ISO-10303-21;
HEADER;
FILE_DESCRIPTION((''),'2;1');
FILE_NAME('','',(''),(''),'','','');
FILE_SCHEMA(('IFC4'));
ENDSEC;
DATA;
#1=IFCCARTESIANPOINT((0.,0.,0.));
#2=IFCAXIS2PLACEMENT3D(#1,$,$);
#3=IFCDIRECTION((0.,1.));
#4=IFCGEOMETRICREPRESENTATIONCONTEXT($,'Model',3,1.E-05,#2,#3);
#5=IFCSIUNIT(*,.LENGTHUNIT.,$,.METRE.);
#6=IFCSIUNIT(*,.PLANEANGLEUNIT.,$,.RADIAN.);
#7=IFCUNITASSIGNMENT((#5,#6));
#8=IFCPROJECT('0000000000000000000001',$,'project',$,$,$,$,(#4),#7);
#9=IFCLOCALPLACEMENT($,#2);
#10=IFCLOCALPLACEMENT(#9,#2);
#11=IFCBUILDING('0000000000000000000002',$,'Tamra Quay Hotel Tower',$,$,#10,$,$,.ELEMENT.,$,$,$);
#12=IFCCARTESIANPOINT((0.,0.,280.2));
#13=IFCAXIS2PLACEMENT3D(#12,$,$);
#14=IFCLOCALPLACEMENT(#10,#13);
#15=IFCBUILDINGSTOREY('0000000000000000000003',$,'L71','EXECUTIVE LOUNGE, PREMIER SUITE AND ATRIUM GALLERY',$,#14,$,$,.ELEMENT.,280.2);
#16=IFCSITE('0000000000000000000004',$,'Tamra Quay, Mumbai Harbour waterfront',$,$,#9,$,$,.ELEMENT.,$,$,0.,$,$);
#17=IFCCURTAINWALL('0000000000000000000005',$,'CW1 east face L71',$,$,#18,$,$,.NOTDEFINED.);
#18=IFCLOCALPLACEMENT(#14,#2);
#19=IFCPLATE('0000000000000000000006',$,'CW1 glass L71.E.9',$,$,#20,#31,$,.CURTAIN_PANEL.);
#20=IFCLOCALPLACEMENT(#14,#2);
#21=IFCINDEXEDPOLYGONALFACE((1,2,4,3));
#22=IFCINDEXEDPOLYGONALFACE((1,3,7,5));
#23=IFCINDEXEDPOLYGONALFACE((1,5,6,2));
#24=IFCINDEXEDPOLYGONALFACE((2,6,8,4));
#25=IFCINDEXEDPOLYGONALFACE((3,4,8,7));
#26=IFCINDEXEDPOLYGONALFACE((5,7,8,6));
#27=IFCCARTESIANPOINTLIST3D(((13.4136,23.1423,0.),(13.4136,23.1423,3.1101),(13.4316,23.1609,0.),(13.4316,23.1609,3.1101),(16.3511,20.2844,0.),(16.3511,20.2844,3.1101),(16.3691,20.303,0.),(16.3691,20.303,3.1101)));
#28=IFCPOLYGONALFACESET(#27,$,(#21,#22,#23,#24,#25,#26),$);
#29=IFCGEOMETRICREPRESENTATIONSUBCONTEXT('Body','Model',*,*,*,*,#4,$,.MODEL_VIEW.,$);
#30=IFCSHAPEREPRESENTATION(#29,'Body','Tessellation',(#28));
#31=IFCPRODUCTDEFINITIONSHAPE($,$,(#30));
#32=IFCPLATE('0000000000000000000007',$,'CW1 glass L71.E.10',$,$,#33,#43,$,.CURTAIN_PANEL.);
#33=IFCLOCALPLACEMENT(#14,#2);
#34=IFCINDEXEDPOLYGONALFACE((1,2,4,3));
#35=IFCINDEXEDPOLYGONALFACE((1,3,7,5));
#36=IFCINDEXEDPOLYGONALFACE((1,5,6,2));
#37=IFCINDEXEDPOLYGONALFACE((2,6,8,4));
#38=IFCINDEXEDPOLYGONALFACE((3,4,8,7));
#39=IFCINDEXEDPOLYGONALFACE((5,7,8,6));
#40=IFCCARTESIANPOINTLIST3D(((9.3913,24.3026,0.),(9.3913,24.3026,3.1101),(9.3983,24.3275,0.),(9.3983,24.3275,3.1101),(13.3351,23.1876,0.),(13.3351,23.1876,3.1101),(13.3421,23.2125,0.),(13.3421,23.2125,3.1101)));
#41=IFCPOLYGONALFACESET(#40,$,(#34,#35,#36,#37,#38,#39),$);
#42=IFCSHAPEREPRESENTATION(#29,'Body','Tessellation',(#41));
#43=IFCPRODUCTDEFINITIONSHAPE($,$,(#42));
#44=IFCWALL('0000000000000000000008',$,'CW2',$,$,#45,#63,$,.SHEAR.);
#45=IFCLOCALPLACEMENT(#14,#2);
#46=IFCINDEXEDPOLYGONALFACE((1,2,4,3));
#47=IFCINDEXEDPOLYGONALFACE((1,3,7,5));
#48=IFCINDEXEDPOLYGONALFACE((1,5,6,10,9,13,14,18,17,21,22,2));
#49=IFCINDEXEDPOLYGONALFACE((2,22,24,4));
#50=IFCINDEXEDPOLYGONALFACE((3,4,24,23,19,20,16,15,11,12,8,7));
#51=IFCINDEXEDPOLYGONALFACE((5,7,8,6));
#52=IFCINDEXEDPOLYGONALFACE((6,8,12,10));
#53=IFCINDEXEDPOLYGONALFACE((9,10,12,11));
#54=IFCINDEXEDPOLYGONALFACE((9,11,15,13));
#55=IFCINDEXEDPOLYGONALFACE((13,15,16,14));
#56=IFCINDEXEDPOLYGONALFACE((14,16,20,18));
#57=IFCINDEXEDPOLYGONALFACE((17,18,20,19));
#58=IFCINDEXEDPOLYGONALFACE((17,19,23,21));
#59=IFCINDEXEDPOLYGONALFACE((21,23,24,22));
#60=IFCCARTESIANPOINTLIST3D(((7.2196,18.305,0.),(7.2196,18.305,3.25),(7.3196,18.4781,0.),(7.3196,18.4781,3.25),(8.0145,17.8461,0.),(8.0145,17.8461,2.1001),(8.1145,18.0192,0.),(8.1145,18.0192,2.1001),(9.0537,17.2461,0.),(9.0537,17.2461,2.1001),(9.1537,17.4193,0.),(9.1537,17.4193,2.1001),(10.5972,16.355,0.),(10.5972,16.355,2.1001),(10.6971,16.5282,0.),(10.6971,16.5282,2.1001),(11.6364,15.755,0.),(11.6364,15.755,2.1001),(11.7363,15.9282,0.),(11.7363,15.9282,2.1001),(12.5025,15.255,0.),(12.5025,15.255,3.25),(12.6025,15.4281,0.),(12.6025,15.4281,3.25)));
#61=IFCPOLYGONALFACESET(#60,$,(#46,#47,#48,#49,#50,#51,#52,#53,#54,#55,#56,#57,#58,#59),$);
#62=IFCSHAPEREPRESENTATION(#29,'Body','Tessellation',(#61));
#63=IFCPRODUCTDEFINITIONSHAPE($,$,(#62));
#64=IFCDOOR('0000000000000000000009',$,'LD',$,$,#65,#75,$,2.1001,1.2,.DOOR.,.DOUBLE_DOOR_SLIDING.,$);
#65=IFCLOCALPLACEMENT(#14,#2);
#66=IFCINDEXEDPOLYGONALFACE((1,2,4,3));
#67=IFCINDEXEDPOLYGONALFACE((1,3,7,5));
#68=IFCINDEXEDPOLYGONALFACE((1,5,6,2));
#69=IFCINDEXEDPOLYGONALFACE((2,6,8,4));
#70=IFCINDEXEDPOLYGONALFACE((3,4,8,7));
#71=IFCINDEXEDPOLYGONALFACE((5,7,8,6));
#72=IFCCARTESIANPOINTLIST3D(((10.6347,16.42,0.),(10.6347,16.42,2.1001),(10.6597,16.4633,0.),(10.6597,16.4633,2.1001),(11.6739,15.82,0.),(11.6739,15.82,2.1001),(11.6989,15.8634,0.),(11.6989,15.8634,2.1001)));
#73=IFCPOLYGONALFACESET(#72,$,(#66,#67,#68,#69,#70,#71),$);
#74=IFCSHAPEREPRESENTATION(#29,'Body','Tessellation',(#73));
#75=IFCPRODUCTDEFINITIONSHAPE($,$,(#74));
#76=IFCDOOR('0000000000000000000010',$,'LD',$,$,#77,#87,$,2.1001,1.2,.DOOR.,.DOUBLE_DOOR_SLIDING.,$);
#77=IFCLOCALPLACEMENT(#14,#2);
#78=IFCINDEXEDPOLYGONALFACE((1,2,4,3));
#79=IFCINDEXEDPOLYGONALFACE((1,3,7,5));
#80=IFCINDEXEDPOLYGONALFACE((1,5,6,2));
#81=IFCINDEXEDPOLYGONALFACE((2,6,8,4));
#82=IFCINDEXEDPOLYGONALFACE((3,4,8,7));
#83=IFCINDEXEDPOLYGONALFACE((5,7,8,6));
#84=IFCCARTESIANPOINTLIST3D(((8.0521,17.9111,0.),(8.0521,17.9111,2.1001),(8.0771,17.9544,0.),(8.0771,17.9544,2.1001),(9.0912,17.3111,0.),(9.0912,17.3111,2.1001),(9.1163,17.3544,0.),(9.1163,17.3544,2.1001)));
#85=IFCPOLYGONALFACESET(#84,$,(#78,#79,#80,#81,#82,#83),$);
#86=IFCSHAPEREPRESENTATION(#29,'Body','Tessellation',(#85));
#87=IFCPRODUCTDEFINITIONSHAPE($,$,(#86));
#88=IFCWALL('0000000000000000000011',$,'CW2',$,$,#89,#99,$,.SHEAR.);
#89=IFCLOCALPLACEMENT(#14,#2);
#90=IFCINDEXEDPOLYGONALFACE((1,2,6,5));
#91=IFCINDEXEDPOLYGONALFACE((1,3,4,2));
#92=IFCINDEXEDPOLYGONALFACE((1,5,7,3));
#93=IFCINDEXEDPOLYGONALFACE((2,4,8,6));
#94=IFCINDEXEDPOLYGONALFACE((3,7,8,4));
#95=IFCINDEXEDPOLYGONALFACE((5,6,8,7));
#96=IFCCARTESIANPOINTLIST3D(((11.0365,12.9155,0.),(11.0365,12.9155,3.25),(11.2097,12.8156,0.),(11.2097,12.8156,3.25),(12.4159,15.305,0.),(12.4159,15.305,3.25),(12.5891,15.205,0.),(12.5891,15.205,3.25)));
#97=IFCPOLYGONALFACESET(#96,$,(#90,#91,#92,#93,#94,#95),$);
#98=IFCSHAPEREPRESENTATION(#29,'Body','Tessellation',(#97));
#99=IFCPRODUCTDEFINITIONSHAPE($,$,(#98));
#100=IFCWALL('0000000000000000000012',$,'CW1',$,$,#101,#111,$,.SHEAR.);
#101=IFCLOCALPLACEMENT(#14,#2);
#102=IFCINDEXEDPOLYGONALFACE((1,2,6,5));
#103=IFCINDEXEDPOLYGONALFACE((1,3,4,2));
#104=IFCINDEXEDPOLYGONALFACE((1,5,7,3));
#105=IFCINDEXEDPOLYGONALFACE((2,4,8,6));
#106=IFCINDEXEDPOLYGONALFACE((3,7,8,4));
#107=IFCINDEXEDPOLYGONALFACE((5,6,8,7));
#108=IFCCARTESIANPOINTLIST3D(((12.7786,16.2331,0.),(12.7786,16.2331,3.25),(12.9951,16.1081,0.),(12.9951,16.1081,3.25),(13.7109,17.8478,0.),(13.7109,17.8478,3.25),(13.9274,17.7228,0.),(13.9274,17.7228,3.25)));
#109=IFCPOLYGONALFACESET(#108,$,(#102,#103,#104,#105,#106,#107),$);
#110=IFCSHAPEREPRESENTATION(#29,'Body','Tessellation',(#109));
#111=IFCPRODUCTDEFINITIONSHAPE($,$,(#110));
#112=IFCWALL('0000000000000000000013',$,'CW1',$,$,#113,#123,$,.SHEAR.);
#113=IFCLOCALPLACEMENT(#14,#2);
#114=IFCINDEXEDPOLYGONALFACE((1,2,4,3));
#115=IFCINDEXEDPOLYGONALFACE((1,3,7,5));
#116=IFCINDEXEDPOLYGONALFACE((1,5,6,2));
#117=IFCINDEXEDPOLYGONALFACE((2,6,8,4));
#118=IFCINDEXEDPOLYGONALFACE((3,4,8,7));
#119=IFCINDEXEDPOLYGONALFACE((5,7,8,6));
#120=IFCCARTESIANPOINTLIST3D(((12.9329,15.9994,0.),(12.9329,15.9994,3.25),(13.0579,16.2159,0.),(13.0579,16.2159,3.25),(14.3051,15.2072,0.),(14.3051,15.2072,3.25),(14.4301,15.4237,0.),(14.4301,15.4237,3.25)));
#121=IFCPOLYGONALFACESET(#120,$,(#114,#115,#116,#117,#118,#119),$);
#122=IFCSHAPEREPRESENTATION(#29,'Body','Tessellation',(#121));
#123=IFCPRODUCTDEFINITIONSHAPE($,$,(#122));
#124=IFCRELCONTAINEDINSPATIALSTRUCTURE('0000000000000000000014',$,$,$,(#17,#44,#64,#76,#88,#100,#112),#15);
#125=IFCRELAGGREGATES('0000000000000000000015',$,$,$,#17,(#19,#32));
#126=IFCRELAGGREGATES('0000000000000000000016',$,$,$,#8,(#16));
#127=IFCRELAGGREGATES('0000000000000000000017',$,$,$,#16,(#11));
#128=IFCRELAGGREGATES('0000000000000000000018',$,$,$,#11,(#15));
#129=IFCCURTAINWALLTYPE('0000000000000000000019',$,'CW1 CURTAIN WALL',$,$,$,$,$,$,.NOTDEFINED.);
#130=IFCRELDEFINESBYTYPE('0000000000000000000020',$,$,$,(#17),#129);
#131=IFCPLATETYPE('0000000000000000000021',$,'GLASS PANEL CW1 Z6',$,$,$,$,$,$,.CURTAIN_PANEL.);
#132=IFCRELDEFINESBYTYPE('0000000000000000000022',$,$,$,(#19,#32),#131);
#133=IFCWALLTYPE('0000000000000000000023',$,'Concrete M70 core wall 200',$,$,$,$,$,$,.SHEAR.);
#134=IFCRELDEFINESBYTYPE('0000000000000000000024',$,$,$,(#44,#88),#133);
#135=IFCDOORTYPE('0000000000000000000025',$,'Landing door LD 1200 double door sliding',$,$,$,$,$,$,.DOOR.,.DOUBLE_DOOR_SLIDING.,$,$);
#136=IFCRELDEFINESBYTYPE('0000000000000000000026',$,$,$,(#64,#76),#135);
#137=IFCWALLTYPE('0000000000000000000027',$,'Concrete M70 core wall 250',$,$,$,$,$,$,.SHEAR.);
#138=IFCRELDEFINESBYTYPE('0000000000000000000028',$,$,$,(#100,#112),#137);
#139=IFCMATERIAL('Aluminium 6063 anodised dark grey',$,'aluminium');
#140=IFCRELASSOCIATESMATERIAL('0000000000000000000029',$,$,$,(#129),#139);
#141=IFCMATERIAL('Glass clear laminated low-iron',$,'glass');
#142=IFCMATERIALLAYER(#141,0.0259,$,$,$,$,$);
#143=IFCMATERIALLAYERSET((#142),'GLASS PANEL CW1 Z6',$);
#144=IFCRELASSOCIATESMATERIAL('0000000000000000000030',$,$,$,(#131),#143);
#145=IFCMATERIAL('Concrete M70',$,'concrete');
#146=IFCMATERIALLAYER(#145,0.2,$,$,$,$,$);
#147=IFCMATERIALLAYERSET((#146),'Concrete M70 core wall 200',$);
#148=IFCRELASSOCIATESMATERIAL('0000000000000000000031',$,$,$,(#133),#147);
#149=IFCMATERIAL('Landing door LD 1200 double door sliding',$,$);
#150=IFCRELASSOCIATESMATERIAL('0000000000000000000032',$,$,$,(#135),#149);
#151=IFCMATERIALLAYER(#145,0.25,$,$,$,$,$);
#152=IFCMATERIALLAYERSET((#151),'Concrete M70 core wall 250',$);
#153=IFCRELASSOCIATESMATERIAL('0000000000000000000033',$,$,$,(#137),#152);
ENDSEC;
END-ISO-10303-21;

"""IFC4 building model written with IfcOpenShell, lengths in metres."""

from ifc_helpers import new_model, si_unit, direction, frame, frame_2d, origin, origin_2d, place, context, subcontext, project, spatial, rectangle, extrude, material, layer, layer_set, type_object, element, fill, aggregate, save


model = new_model("IFC4")

# Units and contexts
model_context = context("Model", 3, precision=1e-05, world=origin(), true_north=direction((0.0, 1.0)))
body_context = subcontext(model_context, "Body", "Model", "MODEL_VIEW")
ifc_project = project(units=[si_unit("LENGTHUNIT", "METRE"), si_unit("PLANEANGLEUNIT", "RADIAN")], contexts=[model_context])

# Site, building, storey
site_placement = place(None, origin())
site = spatial("IfcSite", under=ifc_project, at=site_placement, Name="Tamra Quay, Mumbai Harbour waterfront", CompositionType="ELEMENT", RefElevation=0.0)
building_placement = place(site_placement, origin())
building = spatial("IfcBuilding", under=site, at=building_placement, Name="Tamra Quay Hotel Tower", CompositionType="ELEMENT")
storey_placement = place(building_placement, frame((0.0, 0.0, 280.2)))
storey = spatial("IfcBuildingStorey", under=building, at=storey_placement, Name="L71", Description="EXECUTIVE LOUNGE, PREMIER SUITE AND ATRIUM GALLERY", CompositionType="ELEMENT", Elevation=280.2)

# Shared definitions
ifc_material_1 = material(Name="Concrete M70", Category="concrete")

# Curtain wall
ifc_material_2 = material(Name="Aluminium 6063 anodised dark grey", Category="aluminium")
curtain_wall_type = type_object("IfcCurtainWallType", Name="CW1 CURTAIN WALL", PredefinedType="NOTDEFINED", material=ifc_material_2)
curtain_wall_placement = place(storey_placement, origin())
curtain_wall = element("IfcCurtainWall", 1, at=curtain_wall_placement, inside=storey, type_object=curtain_wall_type, Name="CW1 east face L71", PredefinedType="NOTDEFINED")

# Plates
ifc_material_3 = material(Name="Glass clear laminated low-iron", Category="glass")
ifc_layer_1 = layer(ifc_material_3, 0.0259)
ifc_layer_set_1 = layer_set([ifc_layer_1], Name="GLASS PANEL CW1 Z6")
plate_type = type_object("IfcPlateType", Name="GLASS PANEL CW1 Z6", PredefinedType="CURTAIN_PANEL", material=ifc_layer_set_1)
plate_1_placement = place(storey_placement, frame((14.8914, 21.7227, 0.0), z_axis=(0.0, 0.0, 1.0), x_axis=(-0.716753, 0.697327, 0.0)))
plate_1 = element("IfcPlate", 2, at=plate_1_placement, type_object=plate_type, Name="CW1 glass L71.E.9", PredefinedType="CURTAIN_PANEL", context=body_context, shape_type="SweptSolid", body=[
    extrude(rectangle(XDim=4.0984, YDim=0.0259, at=origin_2d()), origin(), (0.0, 0.0, 1.0), 3.1101),
])
plate_2_placement = place(storey_placement, frame((11.3667, 23.7576, 0.0), z_axis=(0.0, 0.0, 1.0), x_axis=(-0.96228, 0.272062, 0.0)))
plate_2 = element("IfcPlate", 3, at=plate_2_placement, type_object=plate_type, Name="CW1 glass L71.E.10", PredefinedType="CURTAIN_PANEL", context=body_context, shape_type="SweptSolid", body=[
    extrude(rectangle(XDim=4.0984, YDim=0.0259, at=origin_2d()), origin(), (0.0, 0.0, 1.0), 3.1101),
])
aggregate(curtain_wall, [plate_1, plate_2])

# Wall, openings, doors
ifc_layer_2 = layer(ifc_material_1, 0.2)
ifc_layer_set_2 = layer_set([ifc_layer_2], Name="Concrete M70 core wall 200")
wall_type_1 = type_object("IfcWallType", Name="Concrete M70 core wall 200", PredefinedType="SHEAR", material=ifc_layer_set_2)
wall_1_placement = place(storey_placement, frame((12.5525, 15.3416, 0.0), z_axis=(0.0, 0.0, 1.0), x_axis=(-0.86603, 0.499992, 0.0)))
wall_1 = element("IfcWall", 4, at=wall_1_placement, inside=storey, type_object=wall_type_1, Name="CW2", PredefinedType="SHEAR", context=body_context, shape_type="SweptSolid", body=[
    extrude(rectangle(XDim=6.1001, YDim=0.2, at=frame_2d((3.05, 0.0))), origin(), (0.0, 0.0, 1.0), 3.25),
])
opening_1_placement = place(wall_1_placement, frame((1.0, 0.0, 0.0)))
opening_1 = element("IfcOpeningElement", 5, at=opening_1_placement, cuts=wall_1, PredefinedType="OPENING", context=body_context, shape_type="SweptSolid", body=[
    extrude(rectangle(XDim=1.2, YDim=2.1001, at=frame_2d((0.6001, 1.05))), frame((0.0, 0.1099, 0.0), z_axis=(0.0, -1.0, 0.0), x_axis=(1.0, 0.0, 0.0)), (0.0, 0.0, 1.0), 0.22),
])
opening_2_placement = place(wall_1_placement, frame((3.9822, 0.0, 0.0)))
opening_2 = element("IfcOpeningElement", 6, at=opening_2_placement, cuts=wall_1, PredefinedType="OPENING", context=body_context, shape_type="SweptSolid", body=[
    extrude(rectangle(XDim=1.2, YDim=2.1001, at=frame_2d((0.6001, 1.05))), frame((0.0, 0.1099, 0.0), z_axis=(0.0, -1.0, 0.0), x_axis=(1.0, 0.0, 0.0)), (0.0, 0.0, 1.0), 0.22),
])
ifc_material_4 = material(Name="Landing door LD 1200 double door sliding")
door_type = type_object("IfcDoorType", Name="Landing door LD 1200 double door sliding", OperationType="DOUBLE_DOOR_SLIDING", PredefinedType="DOOR", material=ifc_material_4)
door_1_placement = place(opening_1_placement, origin())
door_1 = element("IfcDoor", 7, at=door_1_placement, inside=storey, type_object=door_type, Name="LD", OperationType="DOUBLE_DOOR_SLIDING", OverallHeight=2.1001, OverallWidth=1.2, PredefinedType="DOOR", context=body_context, shape_type="SweptSolid", body=[
    extrude(rectangle(XDim=1.2, YDim=2.1001, at=frame_2d((0.6001, 1.05))), frame((0.0, 0.0249, 0.0), z_axis=(0.0, -1.0, 0.0), x_axis=(1.0, 0.0, 0.0)), (0.0, 0.0, 1.0), 0.05),
])
fill(opening_1, door_1)
door_2_placement = place(opening_2_placement, origin())
door_2 = element("IfcDoor", 8, at=door_2_placement, inside=storey, type_object=door_type, Name="LD", OperationType="DOUBLE_DOOR_SLIDING", OverallHeight=2.1001, OverallWidth=1.2, PredefinedType="DOOR", context=body_context, shape_type="SweptSolid", body=[
    extrude(rectangle(XDim=1.2, YDim=2.1001, at=frame_2d((0.6001, 1.05))), frame((0.0, 0.0249, 0.0), z_axis=(0.0, -1.0, 0.0), x_axis=(1.0, 0.0, 0.0)), (0.0, 0.0, 1.0), 0.05),
])
fill(opening_2, door_2)

# Walls
wall_2_placement = place(storey_placement, frame((12.5024, 15.2549, 0.0), z_axis=(0.0, 0.0, 1.0), x_axis=(-0.499965, -0.866046, 0.0)))
element("IfcWall", 9, at=wall_2_placement, inside=storey, type_object=wall_type_1, Name="CW2", PredefinedType="SHEAR", context=body_context, shape_type="SweptSolid", body=[
    extrude(rectangle(XDim=2.759, YDim=0.2, at=frame_2d((1.3794, 0.0))), origin(), (0.0, 0.0, 1.0), 3.25),
])
ifc_layer_3 = layer(ifc_material_1, 0.25)
ifc_layer_set_3 = layer_set([ifc_layer_3], Name="Concrete M70 core wall 250")
wall_type_2 = type_object("IfcWallType", Name="Concrete M70 core wall 250", PredefinedType="SHEAR", material=ifc_layer_set_3)
wall_3_placement = place(storey_placement, frame((13.8191, 17.7852, 0.0), z_axis=(0.0, 0.0, 1.0), x_axis=(-0.50004, -0.866002, 0.0)))
element("IfcWall", 10, at=wall_3_placement, inside=storey, type_object=wall_type_2, Name="CW1", PredefinedType="SHEAR", context=body_context, shape_type="SweptSolid", body=[
    extrude(rectangle(XDim=1.8645, YDim=0.25, at=frame_2d((0.9321, 0.0))), origin(), (0.0, 0.0, 1.0), 3.25),
])
wall_4_placement = place(storey_placement, frame((12.9954, 16.1077, 0.0), z_axis=(0.0, 0.0, 1.0), x_axis=(0.866044, -0.499967, 0.0)))
element("IfcWall", 11, at=wall_4_placement, inside=storey, type_object=wall_type_2, Name="CW1", PredefinedType="SHEAR", context=body_context, shape_type="SweptSolid", body=[
    extrude(rectangle(XDim=1.5845, YDim=0.25, at=frame_2d((0.7922, 0.0))), origin(), (0.0, 0.0, 1.0), 3.25),
])

save(model, "model.ifc")
